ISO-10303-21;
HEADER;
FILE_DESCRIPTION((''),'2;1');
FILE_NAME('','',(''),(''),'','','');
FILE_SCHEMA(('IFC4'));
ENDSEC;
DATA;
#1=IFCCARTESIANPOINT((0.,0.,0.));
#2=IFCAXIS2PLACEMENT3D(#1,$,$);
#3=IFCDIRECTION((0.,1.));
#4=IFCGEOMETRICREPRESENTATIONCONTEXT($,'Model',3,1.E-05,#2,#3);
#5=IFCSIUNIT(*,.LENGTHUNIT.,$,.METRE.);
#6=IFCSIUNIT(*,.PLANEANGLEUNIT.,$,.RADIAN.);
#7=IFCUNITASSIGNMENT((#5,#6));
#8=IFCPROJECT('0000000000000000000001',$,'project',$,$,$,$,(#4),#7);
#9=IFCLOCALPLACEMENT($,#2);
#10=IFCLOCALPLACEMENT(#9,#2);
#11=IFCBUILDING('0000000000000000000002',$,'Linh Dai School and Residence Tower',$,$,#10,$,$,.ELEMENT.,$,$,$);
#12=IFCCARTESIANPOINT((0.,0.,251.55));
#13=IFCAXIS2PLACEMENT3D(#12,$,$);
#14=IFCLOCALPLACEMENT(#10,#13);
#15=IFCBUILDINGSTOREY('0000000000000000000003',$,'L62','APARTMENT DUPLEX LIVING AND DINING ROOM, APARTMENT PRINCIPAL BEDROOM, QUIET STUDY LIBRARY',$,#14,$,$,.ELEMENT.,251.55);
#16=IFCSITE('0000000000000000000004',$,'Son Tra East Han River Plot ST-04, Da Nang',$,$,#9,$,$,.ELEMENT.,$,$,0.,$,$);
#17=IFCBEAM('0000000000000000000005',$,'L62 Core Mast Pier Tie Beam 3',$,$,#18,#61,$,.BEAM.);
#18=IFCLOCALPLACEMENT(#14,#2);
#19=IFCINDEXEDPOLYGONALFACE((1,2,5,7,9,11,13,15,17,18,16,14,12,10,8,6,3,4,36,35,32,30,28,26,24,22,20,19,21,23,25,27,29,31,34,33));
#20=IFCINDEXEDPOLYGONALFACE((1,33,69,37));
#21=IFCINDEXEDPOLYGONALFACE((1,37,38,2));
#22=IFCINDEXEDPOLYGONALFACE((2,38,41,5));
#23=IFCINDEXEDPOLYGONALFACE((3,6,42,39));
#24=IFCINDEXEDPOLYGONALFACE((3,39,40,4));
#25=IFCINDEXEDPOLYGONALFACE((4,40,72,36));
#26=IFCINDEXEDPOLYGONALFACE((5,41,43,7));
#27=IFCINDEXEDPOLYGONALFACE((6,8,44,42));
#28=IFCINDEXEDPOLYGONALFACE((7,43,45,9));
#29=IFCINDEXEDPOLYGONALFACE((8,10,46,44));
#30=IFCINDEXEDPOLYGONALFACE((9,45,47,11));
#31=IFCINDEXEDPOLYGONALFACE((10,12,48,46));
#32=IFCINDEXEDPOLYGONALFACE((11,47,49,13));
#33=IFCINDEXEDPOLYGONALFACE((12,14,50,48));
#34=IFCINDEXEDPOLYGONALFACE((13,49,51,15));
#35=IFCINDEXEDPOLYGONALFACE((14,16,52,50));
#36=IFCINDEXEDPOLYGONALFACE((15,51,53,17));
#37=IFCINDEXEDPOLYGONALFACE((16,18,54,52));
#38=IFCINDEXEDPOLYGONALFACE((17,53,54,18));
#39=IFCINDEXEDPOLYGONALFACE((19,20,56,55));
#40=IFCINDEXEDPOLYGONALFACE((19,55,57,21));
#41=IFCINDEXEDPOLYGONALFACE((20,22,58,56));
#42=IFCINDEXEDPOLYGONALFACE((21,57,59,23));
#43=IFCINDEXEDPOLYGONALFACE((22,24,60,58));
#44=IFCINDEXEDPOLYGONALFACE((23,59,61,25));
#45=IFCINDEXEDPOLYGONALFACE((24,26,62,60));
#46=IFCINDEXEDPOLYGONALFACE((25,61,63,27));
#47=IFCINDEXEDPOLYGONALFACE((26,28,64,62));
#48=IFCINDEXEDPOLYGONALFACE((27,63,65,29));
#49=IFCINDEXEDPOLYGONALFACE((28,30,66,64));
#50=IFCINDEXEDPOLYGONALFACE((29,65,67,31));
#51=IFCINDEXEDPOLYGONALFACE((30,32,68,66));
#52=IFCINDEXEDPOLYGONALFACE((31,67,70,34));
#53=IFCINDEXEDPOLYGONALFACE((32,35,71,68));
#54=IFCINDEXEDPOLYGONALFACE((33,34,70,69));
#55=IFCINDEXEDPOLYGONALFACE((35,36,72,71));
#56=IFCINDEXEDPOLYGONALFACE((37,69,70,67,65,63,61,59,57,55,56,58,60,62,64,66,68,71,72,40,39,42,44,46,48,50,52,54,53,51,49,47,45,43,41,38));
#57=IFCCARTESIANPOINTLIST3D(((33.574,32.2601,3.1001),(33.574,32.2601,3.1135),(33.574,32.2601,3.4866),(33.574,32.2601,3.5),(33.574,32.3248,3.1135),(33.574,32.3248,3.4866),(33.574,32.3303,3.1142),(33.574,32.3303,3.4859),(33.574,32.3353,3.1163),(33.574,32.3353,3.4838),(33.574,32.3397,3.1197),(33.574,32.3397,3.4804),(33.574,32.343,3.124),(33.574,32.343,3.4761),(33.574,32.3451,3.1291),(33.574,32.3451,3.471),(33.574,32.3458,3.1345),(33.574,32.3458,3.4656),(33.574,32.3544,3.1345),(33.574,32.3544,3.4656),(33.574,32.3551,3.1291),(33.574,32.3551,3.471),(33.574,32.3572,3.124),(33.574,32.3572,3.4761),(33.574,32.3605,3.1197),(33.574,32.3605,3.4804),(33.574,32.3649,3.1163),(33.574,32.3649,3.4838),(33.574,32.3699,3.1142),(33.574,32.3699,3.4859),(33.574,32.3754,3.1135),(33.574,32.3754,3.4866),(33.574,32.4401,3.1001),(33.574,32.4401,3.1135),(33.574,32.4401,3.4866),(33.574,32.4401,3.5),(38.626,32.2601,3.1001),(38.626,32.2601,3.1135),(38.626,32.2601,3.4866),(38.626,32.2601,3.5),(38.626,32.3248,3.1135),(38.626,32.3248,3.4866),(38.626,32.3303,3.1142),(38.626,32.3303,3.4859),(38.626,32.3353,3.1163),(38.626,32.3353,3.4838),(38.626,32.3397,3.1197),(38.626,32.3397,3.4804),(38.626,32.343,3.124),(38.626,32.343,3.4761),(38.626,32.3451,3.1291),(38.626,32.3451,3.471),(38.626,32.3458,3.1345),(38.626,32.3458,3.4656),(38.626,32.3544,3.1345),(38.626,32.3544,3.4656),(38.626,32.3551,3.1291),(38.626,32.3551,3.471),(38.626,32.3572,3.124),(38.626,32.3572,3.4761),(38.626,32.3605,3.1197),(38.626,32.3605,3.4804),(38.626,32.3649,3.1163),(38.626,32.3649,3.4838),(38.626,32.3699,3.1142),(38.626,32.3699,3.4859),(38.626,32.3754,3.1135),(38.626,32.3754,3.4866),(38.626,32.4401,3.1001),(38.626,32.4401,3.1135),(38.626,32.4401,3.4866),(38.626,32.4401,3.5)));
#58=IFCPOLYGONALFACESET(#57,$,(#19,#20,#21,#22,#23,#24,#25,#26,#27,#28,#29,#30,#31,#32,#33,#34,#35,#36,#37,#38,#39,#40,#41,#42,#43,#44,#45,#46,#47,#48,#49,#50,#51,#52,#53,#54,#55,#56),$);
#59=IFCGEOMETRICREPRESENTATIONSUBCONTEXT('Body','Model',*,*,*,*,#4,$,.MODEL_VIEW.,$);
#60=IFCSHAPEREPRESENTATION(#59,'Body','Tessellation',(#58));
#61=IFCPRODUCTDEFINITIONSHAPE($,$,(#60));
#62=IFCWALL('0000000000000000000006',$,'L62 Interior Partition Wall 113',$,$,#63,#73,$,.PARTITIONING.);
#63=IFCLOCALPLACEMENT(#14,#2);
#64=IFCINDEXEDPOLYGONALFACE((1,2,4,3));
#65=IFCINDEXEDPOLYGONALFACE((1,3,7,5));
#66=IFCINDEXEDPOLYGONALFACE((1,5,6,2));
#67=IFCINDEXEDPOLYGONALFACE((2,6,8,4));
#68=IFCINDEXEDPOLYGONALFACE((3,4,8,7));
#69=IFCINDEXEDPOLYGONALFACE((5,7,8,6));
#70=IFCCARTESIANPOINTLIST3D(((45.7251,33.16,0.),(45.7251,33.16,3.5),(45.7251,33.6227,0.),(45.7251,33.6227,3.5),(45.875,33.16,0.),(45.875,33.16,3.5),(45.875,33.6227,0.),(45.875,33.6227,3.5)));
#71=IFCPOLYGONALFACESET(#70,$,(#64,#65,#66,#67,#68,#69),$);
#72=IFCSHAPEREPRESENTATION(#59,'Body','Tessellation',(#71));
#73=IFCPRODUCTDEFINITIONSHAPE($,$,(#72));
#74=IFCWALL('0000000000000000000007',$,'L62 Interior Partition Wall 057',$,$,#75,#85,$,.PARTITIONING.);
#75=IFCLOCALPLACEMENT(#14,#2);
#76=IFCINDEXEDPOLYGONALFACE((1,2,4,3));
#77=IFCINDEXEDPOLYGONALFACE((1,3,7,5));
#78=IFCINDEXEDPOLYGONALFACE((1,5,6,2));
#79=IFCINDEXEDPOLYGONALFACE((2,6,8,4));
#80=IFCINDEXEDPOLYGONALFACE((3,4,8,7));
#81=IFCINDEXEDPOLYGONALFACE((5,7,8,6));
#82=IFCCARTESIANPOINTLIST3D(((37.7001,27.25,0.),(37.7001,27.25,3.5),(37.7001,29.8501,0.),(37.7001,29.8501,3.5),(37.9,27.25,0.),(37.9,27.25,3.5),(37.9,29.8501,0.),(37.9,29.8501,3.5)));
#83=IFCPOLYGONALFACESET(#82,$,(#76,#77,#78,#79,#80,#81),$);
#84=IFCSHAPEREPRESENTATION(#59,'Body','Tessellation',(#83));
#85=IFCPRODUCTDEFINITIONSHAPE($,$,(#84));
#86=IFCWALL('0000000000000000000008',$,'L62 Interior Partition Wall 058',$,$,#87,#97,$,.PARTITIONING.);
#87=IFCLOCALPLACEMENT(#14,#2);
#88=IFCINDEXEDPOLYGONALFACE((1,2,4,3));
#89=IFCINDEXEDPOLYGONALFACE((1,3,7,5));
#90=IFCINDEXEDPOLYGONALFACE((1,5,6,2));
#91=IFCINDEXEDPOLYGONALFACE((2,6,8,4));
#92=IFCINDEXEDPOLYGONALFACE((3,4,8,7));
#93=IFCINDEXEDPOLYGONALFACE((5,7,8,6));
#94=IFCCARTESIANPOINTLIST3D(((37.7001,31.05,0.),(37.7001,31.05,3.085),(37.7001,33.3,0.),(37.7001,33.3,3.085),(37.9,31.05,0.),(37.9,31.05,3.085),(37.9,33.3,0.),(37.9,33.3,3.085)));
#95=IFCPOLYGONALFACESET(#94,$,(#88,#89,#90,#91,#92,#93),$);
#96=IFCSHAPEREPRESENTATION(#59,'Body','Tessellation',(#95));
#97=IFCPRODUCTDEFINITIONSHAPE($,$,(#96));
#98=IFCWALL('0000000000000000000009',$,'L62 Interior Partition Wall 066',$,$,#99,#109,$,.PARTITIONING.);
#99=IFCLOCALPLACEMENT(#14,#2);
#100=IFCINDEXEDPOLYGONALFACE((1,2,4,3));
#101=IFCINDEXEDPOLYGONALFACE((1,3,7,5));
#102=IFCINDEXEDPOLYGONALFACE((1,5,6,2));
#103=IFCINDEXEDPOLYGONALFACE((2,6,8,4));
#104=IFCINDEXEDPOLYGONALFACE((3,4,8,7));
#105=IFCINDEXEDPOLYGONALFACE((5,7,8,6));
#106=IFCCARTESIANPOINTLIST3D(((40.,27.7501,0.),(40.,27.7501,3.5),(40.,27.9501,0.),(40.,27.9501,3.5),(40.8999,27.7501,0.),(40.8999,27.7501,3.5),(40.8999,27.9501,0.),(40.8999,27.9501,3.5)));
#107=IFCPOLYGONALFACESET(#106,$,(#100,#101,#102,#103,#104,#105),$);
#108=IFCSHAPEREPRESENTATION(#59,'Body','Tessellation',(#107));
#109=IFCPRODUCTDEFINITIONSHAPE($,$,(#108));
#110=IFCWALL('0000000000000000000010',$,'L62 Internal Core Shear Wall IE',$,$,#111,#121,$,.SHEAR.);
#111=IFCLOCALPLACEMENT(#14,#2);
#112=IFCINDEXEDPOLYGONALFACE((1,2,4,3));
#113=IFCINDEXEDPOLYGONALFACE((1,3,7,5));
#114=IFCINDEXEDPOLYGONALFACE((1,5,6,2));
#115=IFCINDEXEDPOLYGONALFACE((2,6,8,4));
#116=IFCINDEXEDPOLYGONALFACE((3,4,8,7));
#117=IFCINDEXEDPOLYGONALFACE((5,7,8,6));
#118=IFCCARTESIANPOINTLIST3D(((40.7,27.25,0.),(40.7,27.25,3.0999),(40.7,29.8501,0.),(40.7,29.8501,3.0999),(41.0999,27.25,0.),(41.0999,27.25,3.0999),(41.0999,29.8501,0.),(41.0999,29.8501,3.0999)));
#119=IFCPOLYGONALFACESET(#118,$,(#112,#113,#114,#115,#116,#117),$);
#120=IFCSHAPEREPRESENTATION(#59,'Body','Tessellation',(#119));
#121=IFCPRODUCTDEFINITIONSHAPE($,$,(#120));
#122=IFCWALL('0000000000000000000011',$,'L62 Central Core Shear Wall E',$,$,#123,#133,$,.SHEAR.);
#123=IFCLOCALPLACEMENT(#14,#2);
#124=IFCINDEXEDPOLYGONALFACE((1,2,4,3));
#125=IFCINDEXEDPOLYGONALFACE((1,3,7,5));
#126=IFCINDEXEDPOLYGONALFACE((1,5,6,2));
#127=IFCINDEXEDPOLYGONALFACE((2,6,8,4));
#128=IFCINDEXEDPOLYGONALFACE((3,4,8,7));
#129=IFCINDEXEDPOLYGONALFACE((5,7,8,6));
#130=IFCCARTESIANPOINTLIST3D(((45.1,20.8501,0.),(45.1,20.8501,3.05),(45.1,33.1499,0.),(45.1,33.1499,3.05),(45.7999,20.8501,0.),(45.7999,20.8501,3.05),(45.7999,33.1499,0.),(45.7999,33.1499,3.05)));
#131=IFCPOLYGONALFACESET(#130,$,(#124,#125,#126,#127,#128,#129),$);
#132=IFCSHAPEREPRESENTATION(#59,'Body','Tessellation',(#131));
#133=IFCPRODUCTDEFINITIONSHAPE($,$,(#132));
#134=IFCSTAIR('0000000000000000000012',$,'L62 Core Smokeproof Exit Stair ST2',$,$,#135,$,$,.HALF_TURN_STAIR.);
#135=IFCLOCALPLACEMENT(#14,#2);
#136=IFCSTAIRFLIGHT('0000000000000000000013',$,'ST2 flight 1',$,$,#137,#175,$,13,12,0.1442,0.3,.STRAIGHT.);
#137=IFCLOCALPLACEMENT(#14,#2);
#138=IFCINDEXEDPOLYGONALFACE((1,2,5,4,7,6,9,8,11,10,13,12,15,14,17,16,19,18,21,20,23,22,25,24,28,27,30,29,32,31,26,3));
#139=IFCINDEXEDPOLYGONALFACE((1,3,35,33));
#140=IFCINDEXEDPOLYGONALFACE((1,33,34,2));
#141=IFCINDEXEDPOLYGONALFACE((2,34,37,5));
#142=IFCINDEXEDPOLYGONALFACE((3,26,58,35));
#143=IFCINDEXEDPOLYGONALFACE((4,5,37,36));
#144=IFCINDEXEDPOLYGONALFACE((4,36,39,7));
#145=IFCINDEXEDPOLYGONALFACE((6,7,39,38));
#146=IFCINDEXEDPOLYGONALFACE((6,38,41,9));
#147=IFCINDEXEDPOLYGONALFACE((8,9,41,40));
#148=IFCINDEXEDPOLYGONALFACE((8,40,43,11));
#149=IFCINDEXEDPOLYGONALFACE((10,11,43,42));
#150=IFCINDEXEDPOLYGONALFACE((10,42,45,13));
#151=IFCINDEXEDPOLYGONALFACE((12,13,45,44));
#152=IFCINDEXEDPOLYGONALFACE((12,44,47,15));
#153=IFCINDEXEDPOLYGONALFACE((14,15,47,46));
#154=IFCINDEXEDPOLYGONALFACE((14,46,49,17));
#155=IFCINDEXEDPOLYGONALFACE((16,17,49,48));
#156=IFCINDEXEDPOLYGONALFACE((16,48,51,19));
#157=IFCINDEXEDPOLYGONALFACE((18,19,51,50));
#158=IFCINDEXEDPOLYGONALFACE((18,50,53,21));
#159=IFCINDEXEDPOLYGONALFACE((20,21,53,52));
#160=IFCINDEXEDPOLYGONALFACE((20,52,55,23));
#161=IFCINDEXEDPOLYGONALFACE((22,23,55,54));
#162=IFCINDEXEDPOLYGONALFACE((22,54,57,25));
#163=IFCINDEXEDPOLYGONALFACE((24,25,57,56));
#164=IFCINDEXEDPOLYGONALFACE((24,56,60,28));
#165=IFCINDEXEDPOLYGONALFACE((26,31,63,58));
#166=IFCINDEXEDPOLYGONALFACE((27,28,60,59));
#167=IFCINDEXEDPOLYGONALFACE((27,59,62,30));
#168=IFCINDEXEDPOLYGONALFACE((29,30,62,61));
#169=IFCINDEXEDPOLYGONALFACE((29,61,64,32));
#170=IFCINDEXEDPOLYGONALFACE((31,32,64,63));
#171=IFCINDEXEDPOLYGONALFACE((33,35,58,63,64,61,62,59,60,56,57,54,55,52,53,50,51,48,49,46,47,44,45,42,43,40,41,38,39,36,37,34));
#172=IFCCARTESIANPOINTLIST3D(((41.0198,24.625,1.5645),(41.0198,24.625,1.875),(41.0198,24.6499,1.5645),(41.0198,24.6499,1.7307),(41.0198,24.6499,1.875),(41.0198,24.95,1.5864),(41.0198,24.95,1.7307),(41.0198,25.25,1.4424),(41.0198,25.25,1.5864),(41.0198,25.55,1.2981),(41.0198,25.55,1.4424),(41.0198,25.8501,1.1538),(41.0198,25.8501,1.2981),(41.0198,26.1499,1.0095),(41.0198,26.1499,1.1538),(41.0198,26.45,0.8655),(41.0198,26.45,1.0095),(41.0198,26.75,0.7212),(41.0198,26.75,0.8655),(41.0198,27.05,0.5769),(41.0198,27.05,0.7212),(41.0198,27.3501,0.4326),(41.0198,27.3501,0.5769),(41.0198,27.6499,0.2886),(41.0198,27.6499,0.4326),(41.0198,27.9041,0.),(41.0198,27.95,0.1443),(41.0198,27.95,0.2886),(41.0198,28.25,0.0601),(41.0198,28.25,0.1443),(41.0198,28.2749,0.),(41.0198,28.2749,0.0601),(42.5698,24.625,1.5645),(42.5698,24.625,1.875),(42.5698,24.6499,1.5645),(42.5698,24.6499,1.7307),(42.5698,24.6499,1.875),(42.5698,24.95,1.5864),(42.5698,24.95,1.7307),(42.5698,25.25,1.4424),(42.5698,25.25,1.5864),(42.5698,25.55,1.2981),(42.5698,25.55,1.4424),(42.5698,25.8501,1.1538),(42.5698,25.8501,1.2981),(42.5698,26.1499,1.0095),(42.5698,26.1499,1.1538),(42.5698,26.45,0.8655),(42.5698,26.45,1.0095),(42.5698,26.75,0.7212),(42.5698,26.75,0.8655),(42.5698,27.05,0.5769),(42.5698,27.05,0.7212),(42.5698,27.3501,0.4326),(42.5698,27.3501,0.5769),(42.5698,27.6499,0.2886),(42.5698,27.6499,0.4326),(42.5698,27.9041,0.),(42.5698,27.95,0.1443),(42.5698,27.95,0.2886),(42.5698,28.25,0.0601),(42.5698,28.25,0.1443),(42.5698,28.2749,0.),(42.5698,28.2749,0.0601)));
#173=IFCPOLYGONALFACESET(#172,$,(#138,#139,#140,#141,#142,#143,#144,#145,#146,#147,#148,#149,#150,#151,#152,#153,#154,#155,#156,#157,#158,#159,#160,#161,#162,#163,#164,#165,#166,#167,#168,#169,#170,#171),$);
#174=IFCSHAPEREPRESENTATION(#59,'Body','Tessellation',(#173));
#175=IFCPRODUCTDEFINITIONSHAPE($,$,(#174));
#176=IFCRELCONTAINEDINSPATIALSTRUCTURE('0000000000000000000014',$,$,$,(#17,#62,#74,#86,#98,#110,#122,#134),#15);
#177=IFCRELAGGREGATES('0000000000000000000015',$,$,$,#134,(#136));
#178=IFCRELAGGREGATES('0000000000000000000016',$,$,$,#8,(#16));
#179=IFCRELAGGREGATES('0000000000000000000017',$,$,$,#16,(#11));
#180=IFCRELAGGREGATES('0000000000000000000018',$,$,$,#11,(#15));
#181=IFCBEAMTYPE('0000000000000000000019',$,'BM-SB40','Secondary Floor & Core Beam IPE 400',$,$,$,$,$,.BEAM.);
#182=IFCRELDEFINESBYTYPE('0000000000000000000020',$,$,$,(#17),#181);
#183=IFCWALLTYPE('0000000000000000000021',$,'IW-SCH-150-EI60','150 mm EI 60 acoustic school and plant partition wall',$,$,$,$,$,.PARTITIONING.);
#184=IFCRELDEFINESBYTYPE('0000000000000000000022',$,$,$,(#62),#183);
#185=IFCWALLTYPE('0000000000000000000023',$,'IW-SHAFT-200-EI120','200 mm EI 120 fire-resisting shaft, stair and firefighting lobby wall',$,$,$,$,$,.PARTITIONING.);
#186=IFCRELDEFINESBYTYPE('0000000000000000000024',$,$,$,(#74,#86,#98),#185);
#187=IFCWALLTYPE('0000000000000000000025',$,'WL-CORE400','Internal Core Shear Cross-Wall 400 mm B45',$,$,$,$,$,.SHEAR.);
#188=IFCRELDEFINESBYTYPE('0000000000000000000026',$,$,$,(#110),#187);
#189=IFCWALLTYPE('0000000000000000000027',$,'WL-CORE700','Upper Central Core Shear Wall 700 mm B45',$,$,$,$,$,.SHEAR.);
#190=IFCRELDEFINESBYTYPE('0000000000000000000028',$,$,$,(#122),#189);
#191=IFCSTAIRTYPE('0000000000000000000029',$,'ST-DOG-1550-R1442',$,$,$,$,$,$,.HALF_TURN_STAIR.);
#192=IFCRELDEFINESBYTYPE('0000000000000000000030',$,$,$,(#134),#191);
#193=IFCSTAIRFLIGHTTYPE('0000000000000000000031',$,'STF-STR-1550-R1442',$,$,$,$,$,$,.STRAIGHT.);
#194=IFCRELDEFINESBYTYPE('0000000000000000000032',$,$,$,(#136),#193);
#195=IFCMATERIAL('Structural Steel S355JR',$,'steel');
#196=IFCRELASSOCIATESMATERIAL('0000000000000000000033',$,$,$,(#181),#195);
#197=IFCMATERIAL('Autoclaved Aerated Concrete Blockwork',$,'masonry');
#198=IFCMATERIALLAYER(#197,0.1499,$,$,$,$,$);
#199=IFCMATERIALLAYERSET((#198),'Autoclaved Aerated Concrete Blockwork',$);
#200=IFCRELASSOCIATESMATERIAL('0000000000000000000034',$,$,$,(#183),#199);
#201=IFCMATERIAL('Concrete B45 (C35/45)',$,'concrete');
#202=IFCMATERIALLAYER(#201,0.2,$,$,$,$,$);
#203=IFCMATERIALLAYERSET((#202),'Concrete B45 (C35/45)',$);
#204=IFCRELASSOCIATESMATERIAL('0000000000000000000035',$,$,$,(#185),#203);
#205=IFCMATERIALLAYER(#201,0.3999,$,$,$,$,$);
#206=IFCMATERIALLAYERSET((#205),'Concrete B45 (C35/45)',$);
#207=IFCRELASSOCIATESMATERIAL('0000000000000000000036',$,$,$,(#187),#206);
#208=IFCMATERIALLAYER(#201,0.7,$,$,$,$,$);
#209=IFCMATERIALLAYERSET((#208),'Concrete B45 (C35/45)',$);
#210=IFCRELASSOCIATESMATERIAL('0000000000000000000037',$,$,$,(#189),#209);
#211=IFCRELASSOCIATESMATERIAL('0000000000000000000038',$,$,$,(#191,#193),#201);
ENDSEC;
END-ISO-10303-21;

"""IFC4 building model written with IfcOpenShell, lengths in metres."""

from ifc_helpers import new_model, si_unit, direction, frame, frame_2d, origin, origin_2d, place, context, subcontext, project, spatial, polyline, rectangle, i_section, outline, extrude, source, transform, mapped, material, layer, layer_set, material_profile, profile_set, type_object, element, aggregate, save


model = new_model("IFC4")

# Units and contexts
model_context = context("Model", 3, precision=1e-05, world=origin(), true_north=direction((0.0, 1.0)))
body_context = subcontext(model_context, "Body", "Model", "MODEL_VIEW")
ifc_project = project(units=[si_unit("LENGTHUNIT", "METRE"), si_unit("PLANEANGLEUNIT", "RADIAN")], contexts=[model_context])

# Site, building, storey
site_placement = place(None, origin())
site = spatial("IfcSite", under=ifc_project, at=site_placement, Name="Son Tra East Han River Plot ST-04, Da Nang", CompositionType="ELEMENT", RefElevation=0.0)
building_placement = place(site_placement, origin())
building = spatial("IfcBuilding", under=site, at=building_placement, Name="Linh Dai School and Residence Tower", CompositionType="ELEMENT")
storey_placement = place(building_placement, frame((0.0, 0.0, 251.55)))
storey = spatial("IfcBuildingStorey", under=building, at=storey_placement, Name="L62", Description="APARTMENT DUPLEX LIVING AND DINING ROOM, APARTMENT PRINCIPAL BEDROOM, QUIET STUDY LIBRARY", CompositionType="ELEMENT", Elevation=251.55)

# Shared definitions
ifc_material_1 = material(Name="Structural Steel S355JR", Category="steel")

# Beam
ifc_material_profile_1 = material_profile(ifc_material_1, i_section(OverallWidth=0.1799, OverallDepth=0.3999, WebThickness=0.0085, FlangeThickness=0.0134, FilletRadius=0.021, at=origin_2d()), Name="IPE 400")
ifc_profile_set_1 = profile_set([ifc_material_profile_1], Name="Structural Steel S355JR")
beam_type_1 = type_object("IfcBeamType", Name="BM-SB40", Description="Secondary Floor & Core Beam IPE 400", PredefinedType="BEAM", material=ifc_profile_set_1)
beam_1_placement = place(storey_placement, frame((38.626, 32.3501, 3.3), z_axis=(-1.0, 0.0, 0.0), x_axis=(0.0, -1.0, 0.0)))
element("IfcBeam", 1, at=beam_1_placement, inside=storey, type_object=beam_type_1, Name="L62 Core Mast Pier Tie Beam 3", PredefinedType="BEAM", context=body_context, shape_type="SweptSolid", body=[
    extrude(i_section(OverallWidth=0.1799, OverallDepth=0.3999, WebThickness=0.0085, FlangeThickness=0.0134, FilletRadius=0.021, at=origin_2d()), origin(), (0.0, 0.0, 1.0), 5.052),
])

# Walls
ifc_material_2 = material(Name="Autoclaved Aerated Concrete Blockwork", Category="masonry")
ifc_layer_1 = layer(ifc_material_2, 0.1499)
ifc_layer_set_1 = layer_set([ifc_layer_1], Name="Autoclaved Aerated Concrete Blockwork")
wall_type_1 = type_object("IfcWallType", Name="IW-SCH-150-EI60", Description="150 mm EI 60 acoustic school and plant partition wall", PredefinedType="PARTITIONING", material=ifc_layer_set_1)
wall_1_placement = place(storey_placement, frame((45.8, 33.1599, 0.0), z_axis=(0.0, 0.0, 1.0), x_axis=(0.0, 1.0, 0.0)))
element("IfcWall", 2, at=wall_1_placement, inside=storey, type_object=wall_type_1, Name="L62 Interior Partition Wall 113", PredefinedType="PARTITIONING", context=body_context, shape_type="SweptSolid", body=[
    extrude(rectangle(XDim=0.4626, YDim=0.1499, at=frame_2d((0.2314, 0.0))), origin(), (0.0, 0.0, 1.0), 3.5),
])
ifc_material_3 = material(Name="Concrete B45 (C35/45)", Category="concrete")
ifc_layer_2 = layer(ifc_material_3, 0.2)
ifc_layer_set_2 = layer_set([ifc_layer_2], Name="Concrete B45 (C35/45)")
wall_type_2 = type_object("IfcWallType", Name="IW-SHAFT-200-EI120", Description="200 mm EI 120 fire-resisting shaft, stair and firefighting lobby wall", PredefinedType="PARTITIONING", material=ifc_layer_set_2)
wall_2_placement = place(storey_placement, frame((37.8, 27.25, 0.0), z_axis=(0.0, 0.0, 1.0), x_axis=(0.0, 1.0, 0.0)))
element("IfcWall", 3, at=wall_2_placement, inside=storey, type_object=wall_type_2, Name="L62 Interior Partition Wall 057", PredefinedType="PARTITIONING", context=body_context, shape_type="SweptSolid", body=[
    extrude(rectangle(XDim=2.6001, YDim=0.2, at=frame_2d((1.3, 0.0))), origin(), (0.0, 0.0, 1.0), 3.5),
])
wall_3_placement = place(storey_placement, frame((37.8, 31.05, 0.0), z_axis=(0.0, 0.0, 1.0), x_axis=(0.0, 1.0, 0.0)))
element("IfcWall", 4, at=wall_3_placement, inside=storey, type_object=wall_type_2, Name="L62 Interior Partition Wall 058", PredefinedType="PARTITIONING", context=body_context, shape_type="SweptSolid", body=[
    extrude(rectangle(XDim=2.25, YDim=0.2, at=frame_2d((1.125, 0.0))), origin(), (0.0, 0.0, 1.0), 3.085),
])
wall_4_placement = place(storey_placement, frame((40.0, 27.8501, 0.0), z_axis=(0.0, 0.0, 1.0), x_axis=(1.0, 0.0, 0.0)))
element("IfcWall", 5, at=wall_4_placement, inside=storey, type_object=wall_type_2, Name="L62 Interior Partition Wall 066", PredefinedType="PARTITIONING", context=body_context, shape_type="SweptSolid", body=[
    extrude(rectangle(XDim=0.8999, YDim=0.2, at=frame_2d((0.45, 0.0))), origin(), (0.0, 0.0, 1.0), 3.5),
])
ifc_layer_3 = layer(ifc_material_3, 0.3999)
ifc_layer_set_3 = layer_set([ifc_layer_3], Name="Concrete B45 (C35/45)")
wall_type_3 = type_object("IfcWallType", Name="WL-CORE400", Description="Internal Core Shear Cross-Wall 400 mm B45", PredefinedType="SHEAR", material=ifc_layer_set_3)
wall_5_placement = place(storey_placement, frame((40.8999, 27.25, 0.0), z_axis=(0.0, 0.0, 1.0), x_axis=(0.0, 1.0, 0.0)))
element("IfcWall", 6, at=wall_5_placement, inside=storey, type_object=wall_type_3, Name="L62 Internal Core Shear Wall IE", PredefinedType="SHEAR", context=body_context, shape_type="SweptSolid", body=[
    extrude(rectangle(XDim=2.6001, YDim=0.3999, at=frame_2d((1.3, 0.0))), origin(), (0.0, 0.0, 1.0), 3.0999),
])
ifc_layer_4 = layer(ifc_material_3, 0.7)
ifc_layer_set_4 = layer_set([ifc_layer_4], Name="Concrete B45 (C35/45)")
wall_type_4 = type_object("IfcWallType", Name="WL-CORE700", Description="Upper Central Core Shear Wall 700 mm B45", PredefinedType="SHEAR", material=ifc_layer_set_4)
wall_6_placement = place(storey_placement, frame((45.45, 33.1499, 0.0), z_axis=(0.0, 0.0, 1.0), x_axis=(0.0, -1.0, 0.0)))
element("IfcWall", 7, at=wall_6_placement, inside=storey, type_object=wall_type_4, Name="L62 Central Core Shear Wall E", PredefinedType="SHEAR", context=body_context, shape_type="SweptSolid", body=[
    extrude(rectangle(XDim=12.2998, YDim=0.7, at=frame_2d((6.1499, 0.0))), origin(), (0.0, 0.0, 1.0), 3.05),
])

# Stair, stair flight
stair_type = type_object("IfcStairType", Name="ST-DOG-1550-R1442", PredefinedType="HALF_TURN_STAIR", material=ifc_material_3)
stair_placement = place(storey_placement, origin())
stair = element("IfcStair", 8, at=stair_placement, inside=storey, type_object=stair_type, Name="L62 Core Smokeproof Exit Stair ST2", PredefinedType="HALF_TURN_STAIR")
stair_flight_type = type_object("IfcStairFlightType", Name="STF-STR-1550-R1442", PredefinedType="STRAIGHT", material=ifc_material_3)
shared_shape_1 = source(origin(), body_context, "Body", "SweptSolid", [
    extrude(outline(polyline([(-0.0249, 0.0), (-0.0249, 0.0601), (0.0, 0.0601), (0.0, 0.1443), (0.3, 0.1443), (0.3, 0.2886), (0.6001, 0.2886), (0.6001, 0.4326), (0.8999, 0.4326), (0.8999, 0.5769), (1.2, 0.5769), (1.2, 0.7212), (1.5, 0.7212), (1.5, 0.8655), (1.8, 0.8655), (1.8, 1.0095), (2.1001, 1.0095), (2.1001, 1.1538), (2.3999, 1.1538), (2.3999, 1.2981), (2.7, 1.2981), (2.7, 1.4424), (3.0, 1.4424), (3.0, 1.5864), (3.3, 1.5864), (3.3, 1.7307), (3.6001, 1.7307), (3.6001, 1.875), (3.625, 1.875), (3.625, 1.5645), (3.6001, 1.5645), (0.3459, 0.0), (-0.0249, 0.0)])), frame((0.0, 0.7749, 0.0), z_axis=(0.0, -1.0, 0.0), x_axis=(1.0, 0.0, 0.0)), (0.0, 0.0, 1.0), 1.55),
])
stair_flight_placement = place(storey_placement, frame((41.7949, 28.25, 0.0), z_axis=(0.0, 0.0, 1.0), x_axis=(0.0, -1.0, 0.0)))
stair_flight = element("IfcStairFlight", 9, at=stair_flight_placement, type_object=stair_flight_type, Name="ST2 flight 1", NumberOfRisers=13, NumberOfTreads=12, PredefinedType="STRAIGHT", RiserHeight=0.1442, TreadLength=0.3, context=body_context, shape_type="MappedRepresentation", body=[
    mapped(shared_shape_1, transform((0.0, 0.0, 0.0), x_axis=(1.0, 0.0, 0.0), y_axis=(0.0, 1.0, 0.0), z_axis=(0.0, 0.0, 1.0), scale=1.0)),
])
aggregate(stair, [stair_flight])

save(model, "model.ifc")
